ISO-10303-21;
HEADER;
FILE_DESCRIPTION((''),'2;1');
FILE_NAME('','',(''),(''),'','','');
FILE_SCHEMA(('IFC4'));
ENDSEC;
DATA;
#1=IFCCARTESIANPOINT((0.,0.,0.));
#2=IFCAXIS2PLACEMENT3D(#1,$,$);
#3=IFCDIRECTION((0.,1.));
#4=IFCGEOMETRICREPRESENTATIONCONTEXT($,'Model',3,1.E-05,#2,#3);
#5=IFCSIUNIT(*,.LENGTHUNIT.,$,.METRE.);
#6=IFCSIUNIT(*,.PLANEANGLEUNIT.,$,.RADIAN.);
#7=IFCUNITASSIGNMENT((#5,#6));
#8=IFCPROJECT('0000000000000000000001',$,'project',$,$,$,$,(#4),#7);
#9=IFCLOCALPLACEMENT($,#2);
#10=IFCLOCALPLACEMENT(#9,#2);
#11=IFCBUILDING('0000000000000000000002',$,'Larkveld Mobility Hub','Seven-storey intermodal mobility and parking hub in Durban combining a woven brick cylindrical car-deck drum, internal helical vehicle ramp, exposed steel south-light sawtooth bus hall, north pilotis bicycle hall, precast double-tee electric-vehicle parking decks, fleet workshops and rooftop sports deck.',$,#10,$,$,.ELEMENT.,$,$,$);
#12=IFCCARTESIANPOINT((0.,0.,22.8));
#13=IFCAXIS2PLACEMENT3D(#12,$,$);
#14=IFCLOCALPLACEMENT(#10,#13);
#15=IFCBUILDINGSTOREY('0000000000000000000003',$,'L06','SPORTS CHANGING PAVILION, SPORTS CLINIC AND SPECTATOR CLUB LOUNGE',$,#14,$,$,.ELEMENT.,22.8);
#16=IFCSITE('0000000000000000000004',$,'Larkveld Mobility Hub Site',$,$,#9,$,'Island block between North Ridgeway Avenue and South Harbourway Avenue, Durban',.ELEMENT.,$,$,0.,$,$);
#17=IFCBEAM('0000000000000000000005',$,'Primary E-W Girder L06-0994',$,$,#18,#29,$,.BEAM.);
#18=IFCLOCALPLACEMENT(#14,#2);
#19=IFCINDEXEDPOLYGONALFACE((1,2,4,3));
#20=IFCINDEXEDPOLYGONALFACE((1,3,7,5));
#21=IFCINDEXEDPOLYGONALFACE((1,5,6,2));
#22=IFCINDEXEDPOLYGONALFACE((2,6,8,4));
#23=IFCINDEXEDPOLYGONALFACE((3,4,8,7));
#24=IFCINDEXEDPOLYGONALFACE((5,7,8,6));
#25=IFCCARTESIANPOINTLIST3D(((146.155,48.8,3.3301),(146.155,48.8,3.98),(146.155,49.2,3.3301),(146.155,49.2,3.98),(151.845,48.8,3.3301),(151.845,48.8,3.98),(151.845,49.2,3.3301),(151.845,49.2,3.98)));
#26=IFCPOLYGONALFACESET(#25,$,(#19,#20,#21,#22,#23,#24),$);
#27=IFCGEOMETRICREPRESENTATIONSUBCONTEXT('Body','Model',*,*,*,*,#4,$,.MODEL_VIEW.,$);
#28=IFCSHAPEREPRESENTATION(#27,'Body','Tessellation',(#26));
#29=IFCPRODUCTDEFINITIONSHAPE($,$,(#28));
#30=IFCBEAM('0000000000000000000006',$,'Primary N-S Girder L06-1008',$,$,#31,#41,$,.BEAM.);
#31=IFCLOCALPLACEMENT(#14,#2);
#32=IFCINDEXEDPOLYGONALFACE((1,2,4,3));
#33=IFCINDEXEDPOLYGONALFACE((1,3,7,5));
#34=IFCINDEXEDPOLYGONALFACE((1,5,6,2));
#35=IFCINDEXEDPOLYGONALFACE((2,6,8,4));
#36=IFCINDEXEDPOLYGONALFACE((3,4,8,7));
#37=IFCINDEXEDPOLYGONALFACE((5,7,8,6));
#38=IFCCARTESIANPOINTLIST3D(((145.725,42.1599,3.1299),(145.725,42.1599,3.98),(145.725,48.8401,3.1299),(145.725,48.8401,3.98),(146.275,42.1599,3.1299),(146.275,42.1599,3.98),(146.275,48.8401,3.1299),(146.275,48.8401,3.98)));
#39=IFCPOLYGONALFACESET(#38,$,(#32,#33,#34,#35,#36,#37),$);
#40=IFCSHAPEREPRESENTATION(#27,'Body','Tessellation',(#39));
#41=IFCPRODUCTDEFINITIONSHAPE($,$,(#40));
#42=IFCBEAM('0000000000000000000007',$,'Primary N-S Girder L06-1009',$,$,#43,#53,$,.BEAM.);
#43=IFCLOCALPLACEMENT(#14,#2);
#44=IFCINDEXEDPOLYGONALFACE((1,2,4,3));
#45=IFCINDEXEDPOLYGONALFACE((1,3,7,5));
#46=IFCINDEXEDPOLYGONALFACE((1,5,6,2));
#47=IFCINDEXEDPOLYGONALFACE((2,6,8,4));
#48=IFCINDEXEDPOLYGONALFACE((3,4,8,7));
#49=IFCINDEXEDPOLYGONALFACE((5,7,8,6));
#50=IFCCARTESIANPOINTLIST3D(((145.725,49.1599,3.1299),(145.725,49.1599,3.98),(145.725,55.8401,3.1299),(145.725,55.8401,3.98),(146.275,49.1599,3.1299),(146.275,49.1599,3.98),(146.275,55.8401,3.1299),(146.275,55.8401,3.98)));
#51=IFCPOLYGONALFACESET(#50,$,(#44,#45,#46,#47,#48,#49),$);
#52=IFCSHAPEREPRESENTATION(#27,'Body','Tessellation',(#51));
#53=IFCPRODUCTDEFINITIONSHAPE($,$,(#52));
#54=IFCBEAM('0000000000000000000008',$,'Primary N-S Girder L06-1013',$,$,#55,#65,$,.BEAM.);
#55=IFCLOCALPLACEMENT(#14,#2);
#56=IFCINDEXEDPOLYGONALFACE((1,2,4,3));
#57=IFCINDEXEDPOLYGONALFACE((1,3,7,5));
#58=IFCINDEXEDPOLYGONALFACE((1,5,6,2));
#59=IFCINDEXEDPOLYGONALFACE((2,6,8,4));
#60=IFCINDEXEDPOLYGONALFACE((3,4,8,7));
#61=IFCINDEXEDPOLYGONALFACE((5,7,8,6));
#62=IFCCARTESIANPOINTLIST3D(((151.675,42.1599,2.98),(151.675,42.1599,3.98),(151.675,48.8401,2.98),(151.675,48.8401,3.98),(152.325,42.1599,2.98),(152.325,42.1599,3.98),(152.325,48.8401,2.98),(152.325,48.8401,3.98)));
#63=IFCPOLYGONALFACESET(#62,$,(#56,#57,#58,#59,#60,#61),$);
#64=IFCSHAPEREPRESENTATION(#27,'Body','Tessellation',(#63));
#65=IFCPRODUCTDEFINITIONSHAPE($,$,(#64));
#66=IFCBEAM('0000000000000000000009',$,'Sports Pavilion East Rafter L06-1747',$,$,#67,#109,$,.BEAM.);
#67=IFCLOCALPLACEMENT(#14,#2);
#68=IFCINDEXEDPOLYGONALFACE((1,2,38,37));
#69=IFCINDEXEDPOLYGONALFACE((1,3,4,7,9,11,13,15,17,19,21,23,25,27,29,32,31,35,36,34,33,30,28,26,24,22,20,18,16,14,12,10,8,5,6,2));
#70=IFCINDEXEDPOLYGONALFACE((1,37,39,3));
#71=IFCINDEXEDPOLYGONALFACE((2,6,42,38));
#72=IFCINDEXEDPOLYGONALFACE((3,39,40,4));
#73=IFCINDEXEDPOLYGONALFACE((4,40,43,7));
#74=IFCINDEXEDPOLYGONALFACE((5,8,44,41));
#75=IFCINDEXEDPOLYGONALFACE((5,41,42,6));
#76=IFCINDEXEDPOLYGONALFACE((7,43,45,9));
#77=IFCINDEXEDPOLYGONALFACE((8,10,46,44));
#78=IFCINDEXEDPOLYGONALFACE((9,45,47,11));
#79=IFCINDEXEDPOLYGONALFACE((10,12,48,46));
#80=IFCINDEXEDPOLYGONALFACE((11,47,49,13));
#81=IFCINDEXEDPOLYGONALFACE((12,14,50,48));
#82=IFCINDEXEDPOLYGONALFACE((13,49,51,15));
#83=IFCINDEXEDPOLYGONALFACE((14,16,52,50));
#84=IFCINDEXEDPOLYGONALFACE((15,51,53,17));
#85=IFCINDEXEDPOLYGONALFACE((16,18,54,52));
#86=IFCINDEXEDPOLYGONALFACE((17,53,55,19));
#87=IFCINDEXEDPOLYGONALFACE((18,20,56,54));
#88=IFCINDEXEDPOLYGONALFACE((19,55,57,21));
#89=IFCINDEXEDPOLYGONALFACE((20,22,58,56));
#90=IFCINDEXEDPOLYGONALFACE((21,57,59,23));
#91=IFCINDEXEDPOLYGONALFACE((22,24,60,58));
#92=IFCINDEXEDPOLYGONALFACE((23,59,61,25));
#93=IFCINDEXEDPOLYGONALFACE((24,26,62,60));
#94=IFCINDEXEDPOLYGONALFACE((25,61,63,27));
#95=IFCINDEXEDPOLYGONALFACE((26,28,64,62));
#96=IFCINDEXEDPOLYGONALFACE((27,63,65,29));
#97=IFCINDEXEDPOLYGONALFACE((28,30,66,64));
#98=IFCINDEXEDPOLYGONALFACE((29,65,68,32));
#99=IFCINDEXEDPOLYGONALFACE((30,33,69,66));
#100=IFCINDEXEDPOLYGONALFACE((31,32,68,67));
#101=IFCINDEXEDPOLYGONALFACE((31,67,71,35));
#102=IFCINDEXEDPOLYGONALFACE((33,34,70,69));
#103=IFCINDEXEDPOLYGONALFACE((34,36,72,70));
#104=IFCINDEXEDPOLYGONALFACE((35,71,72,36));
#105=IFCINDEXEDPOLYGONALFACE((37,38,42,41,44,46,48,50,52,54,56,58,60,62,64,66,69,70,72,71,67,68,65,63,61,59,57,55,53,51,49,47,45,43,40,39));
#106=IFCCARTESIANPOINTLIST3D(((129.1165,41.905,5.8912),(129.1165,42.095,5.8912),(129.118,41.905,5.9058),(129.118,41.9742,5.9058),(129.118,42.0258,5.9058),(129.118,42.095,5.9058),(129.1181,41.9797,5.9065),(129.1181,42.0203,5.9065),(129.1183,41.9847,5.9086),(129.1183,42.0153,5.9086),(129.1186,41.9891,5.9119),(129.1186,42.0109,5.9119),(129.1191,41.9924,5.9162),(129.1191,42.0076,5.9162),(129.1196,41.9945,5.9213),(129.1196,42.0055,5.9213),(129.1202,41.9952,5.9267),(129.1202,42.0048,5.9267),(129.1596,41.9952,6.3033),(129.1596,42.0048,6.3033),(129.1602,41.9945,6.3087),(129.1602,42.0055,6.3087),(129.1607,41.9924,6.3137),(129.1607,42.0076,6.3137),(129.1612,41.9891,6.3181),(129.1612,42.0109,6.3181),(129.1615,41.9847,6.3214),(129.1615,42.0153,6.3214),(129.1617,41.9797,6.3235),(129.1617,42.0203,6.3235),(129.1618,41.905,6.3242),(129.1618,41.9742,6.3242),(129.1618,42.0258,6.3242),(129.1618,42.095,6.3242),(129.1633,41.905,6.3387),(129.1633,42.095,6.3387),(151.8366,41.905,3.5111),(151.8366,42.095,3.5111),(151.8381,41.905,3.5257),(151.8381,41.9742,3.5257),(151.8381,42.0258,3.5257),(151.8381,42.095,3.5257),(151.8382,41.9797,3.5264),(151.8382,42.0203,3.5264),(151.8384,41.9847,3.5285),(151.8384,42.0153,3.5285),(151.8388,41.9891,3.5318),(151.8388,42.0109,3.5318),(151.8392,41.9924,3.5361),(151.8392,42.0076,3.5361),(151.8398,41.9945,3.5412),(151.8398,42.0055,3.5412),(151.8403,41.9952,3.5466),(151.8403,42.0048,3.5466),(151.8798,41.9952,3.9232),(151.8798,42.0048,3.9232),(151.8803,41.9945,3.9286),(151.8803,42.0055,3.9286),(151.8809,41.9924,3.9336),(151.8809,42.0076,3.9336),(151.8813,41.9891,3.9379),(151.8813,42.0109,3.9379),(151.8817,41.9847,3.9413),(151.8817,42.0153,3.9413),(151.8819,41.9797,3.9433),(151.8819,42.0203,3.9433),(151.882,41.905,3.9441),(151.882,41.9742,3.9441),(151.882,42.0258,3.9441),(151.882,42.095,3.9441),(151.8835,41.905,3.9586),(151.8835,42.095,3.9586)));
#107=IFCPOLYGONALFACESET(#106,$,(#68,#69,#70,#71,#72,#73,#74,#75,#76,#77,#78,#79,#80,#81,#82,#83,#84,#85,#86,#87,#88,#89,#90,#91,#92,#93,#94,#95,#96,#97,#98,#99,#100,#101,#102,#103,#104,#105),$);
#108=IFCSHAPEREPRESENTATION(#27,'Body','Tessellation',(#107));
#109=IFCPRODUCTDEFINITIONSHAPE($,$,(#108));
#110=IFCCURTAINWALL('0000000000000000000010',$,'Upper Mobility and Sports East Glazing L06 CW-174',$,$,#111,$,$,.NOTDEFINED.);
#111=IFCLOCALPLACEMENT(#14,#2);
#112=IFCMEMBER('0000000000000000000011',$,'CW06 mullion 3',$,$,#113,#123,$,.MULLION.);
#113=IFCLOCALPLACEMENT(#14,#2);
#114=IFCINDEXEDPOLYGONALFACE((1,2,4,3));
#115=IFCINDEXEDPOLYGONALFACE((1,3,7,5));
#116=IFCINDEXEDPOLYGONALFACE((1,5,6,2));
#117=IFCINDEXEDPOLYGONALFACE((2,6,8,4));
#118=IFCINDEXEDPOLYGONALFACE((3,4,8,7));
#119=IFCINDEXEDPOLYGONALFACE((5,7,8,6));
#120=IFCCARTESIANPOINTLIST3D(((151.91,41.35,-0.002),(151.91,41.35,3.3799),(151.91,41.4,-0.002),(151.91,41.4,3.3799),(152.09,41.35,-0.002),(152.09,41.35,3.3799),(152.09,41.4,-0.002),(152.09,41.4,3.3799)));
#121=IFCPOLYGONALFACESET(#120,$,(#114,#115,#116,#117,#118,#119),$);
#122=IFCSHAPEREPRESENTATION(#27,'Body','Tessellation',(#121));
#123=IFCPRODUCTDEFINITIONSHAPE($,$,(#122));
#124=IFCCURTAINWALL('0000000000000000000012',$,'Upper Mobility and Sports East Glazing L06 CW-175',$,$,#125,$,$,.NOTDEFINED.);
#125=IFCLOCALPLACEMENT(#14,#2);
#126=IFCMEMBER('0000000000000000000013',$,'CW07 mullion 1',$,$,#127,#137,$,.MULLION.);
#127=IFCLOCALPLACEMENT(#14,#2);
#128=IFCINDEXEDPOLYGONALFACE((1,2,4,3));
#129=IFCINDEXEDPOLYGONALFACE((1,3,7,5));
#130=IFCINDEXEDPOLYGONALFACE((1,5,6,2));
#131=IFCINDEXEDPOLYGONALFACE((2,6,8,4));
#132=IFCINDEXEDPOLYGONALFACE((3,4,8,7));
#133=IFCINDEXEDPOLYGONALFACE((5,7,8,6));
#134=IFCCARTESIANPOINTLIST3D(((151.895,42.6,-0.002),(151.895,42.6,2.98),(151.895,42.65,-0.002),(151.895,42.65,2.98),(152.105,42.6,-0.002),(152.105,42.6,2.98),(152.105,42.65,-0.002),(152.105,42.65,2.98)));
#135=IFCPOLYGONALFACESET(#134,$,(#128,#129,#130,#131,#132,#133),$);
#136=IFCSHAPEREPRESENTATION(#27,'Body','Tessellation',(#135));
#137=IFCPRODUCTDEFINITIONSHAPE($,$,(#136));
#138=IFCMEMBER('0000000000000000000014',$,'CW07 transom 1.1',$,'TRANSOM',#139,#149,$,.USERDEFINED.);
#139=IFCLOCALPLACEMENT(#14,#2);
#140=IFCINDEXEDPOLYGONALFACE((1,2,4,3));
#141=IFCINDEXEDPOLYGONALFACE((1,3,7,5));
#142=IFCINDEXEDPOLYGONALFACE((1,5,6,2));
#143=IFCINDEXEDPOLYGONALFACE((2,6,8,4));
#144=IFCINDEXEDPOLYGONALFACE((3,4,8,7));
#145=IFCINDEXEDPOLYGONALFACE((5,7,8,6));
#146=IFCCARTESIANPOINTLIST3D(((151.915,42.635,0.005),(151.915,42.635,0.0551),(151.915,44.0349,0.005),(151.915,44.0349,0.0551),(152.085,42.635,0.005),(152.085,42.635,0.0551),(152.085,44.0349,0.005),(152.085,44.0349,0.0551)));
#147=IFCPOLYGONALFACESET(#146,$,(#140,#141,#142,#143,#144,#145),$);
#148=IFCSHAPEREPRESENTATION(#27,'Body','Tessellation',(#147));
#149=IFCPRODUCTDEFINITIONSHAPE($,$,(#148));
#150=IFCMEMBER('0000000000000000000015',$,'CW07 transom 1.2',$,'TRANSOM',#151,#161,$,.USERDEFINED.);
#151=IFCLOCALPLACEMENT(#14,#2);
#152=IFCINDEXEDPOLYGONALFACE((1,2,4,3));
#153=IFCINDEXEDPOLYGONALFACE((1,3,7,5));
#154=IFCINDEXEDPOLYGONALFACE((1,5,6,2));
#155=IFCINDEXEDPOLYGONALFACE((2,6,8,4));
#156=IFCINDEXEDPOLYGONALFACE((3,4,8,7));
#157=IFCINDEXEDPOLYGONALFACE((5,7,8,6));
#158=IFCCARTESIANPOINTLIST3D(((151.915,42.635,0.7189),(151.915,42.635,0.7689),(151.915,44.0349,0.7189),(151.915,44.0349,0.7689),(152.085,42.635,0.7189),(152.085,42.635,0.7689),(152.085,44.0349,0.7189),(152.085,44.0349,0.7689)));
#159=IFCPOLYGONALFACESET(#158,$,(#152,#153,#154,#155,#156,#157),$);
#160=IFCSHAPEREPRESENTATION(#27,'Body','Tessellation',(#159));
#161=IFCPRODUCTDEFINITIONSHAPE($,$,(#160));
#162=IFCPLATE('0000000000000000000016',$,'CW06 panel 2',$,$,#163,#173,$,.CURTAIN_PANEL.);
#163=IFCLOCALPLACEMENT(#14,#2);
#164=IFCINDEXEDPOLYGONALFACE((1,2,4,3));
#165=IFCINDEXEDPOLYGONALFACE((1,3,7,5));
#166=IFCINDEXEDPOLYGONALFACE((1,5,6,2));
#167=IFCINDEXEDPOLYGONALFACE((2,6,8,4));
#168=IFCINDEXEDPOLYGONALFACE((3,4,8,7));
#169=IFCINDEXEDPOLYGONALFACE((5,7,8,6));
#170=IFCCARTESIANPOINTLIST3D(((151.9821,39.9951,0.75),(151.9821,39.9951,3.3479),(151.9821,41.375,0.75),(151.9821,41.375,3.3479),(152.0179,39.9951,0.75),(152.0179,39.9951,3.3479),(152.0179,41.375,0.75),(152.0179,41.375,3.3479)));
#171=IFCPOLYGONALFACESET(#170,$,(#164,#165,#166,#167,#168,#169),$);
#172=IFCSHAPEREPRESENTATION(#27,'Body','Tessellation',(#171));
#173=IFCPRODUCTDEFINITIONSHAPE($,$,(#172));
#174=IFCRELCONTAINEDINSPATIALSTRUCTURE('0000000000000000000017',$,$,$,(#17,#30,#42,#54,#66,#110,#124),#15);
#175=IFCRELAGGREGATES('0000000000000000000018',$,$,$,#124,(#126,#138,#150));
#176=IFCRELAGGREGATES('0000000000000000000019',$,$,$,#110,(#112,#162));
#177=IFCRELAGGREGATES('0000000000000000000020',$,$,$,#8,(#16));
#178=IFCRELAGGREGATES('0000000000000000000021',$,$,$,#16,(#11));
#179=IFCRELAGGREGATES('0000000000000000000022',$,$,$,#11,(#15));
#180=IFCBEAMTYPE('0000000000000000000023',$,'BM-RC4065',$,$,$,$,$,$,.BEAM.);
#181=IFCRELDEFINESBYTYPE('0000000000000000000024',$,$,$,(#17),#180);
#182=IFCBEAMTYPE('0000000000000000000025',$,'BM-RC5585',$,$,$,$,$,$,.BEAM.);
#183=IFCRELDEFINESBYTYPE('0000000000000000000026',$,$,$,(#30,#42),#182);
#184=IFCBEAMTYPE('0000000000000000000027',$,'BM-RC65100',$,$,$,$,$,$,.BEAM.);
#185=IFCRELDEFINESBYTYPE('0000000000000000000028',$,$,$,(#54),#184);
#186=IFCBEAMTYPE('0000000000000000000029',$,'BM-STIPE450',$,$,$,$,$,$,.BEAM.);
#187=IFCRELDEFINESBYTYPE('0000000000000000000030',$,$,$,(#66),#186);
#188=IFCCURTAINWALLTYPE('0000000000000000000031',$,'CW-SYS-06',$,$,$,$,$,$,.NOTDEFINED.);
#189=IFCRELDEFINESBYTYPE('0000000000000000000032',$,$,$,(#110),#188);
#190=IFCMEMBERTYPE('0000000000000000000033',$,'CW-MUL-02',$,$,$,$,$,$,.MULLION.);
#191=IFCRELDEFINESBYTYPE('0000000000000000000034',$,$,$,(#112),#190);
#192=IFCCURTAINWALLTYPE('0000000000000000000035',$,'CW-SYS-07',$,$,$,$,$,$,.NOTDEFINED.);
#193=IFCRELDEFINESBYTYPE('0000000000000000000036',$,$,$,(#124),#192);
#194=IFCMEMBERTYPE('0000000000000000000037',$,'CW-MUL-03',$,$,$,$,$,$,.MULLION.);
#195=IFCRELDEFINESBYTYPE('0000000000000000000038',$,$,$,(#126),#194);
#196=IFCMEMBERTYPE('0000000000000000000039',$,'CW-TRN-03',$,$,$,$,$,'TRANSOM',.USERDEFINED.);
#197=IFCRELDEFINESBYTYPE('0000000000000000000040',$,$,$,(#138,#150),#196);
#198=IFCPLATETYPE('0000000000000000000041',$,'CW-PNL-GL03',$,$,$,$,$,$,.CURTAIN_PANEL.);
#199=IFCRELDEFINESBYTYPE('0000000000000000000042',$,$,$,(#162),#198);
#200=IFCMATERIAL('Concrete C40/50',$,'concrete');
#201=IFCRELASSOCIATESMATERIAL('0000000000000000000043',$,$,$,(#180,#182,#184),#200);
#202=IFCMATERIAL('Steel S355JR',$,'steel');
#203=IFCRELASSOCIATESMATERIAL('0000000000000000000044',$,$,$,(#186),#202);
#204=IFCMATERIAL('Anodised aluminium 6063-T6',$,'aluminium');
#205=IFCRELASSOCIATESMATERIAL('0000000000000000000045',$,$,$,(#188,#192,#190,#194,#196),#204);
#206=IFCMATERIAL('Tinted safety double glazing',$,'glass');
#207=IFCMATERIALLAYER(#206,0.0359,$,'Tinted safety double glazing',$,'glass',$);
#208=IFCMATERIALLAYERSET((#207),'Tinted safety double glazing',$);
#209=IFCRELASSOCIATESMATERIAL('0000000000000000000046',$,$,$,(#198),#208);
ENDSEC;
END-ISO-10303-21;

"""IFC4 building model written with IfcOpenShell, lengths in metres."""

from ifc_helpers import new_model, si_unit, direction, frame, origin, origin_2d, place, context, subcontext, project, spatial, rectangle, i_section, extrude, material, layer, layer_set, material_profile, profile_set, type_object, element, aggregate, save


model = new_model("IFC4")

# Units and contexts
model_context = context("Model", 3, precision=1e-05, world=origin(), true_north=direction((0.0, 1.0)))
body_context = subcontext(model_context, "Body", "Model", "MODEL_VIEW")
ifc_project = project(units=[si_unit("LENGTHUNIT", "METRE"), si_unit("PLANEANGLEUNIT", "RADIAN")], contexts=[model_context])

# Site, building, storey
site_placement = place(None, origin())
site = spatial("IfcSite", under=ifc_project, at=site_placement, Name="Larkveld Mobility Hub Site", LongName="Island block between North Ridgeway Avenue and South Harbourway Avenue, Durban", CompositionType="ELEMENT", RefElevation=0.0)
building_placement = place(site_placement, origin())
building = spatial("IfcBuilding", under=site, at=building_placement, Name="Larkveld Mobility Hub", Description="Seven-storey intermodal mobility and parking hub in Durban combining a woven brick cylindrical car-deck drum, internal helical vehicle ramp, exposed steel south-light sawtooth bus hall, north pilotis bicycle hall, precast double-tee electric-vehicle parking decks, fleet workshops and rooftop sports deck.", CompositionType="ELEMENT")
storey_placement = place(building_placement, frame((0.0, 0.0, 22.8)))
storey = spatial("IfcBuildingStorey", under=building, at=storey_placement, Name="L06", Description="SPORTS CHANGING PAVILION, SPORTS CLINIC AND SPECTATOR CLUB LOUNGE", CompositionType="ELEMENT", Elevation=22.8)

# Shared definitions
ifc_material_1 = material(Name="Steel S355JR", Category="steel")

# Beams
ifc_material_2 = material(Name="Concrete C40/50", Category="concrete")
ifc_material_profile_1 = material_profile(ifc_material_2, rectangle(XDim=0.3999, YDim=0.6499, at=origin_2d()), Name="RC BM 400x650")
ifc_profile_set_1 = profile_set([ifc_material_profile_1], Name="Concrete C40/50")
beam_type_1 = type_object("IfcBeamType", Name="BM-RC4065", PredefinedType="BEAM", material=ifc_profile_set_1)
beam_1_placement = place(storey_placement, frame((146.155, 49.0, 3.655), z_axis=(1.0, 0.0, 0.0), x_axis=(0.0, 1.0, 0.0)))
element("IfcBeam", 1, at=beam_1_placement, inside=storey, type_object=beam_type_1, Name="Primary E-W Girder L06-0994", PredefinedType="BEAM", context=body_context, shape_type="SweptSolid", body=[
    extrude(rectangle(XDim=0.3999, YDim=0.6499, at=origin_2d()), origin(), (0.0, 0.0, 1.0), 5.6899),
])
ifc_material_profile_2 = material_profile(ifc_material_2, rectangle(XDim=0.55, YDim=0.8501, at=origin_2d()), Name="RC BM 550x850")
ifc_profile_set_2 = profile_set([ifc_material_profile_2], Name="Concrete C40/50")
beam_type_2 = type_object("IfcBeamType", Name="BM-RC5585", PredefinedType="BEAM", material=ifc_profile_set_2)
for number, where, z_axis, x_axis, name in (
    (2, (146.0, 42.1599, 3.5549), (0.0, 1.0, 0.0), (-1.0, 0.0, 0.0), "Primary N-S Girder L06-1008"),
    (3, (146.0, 49.1599, 3.5549), (0.0, 1.0, 0.0), (-1.0, 0.0, 0.0), "Primary N-S Girder L06-1009"),
):
    element("IfcBeam", number, at=place(storey_placement, frame(where, z_axis=z_axis, x_axis=x_axis)), inside=storey, type_object=beam_type_2, Name=name, PredefinedType="BEAM", context=body_context, shape_type="SweptSolid", body=[
        extrude(rectangle(XDim=0.55, YDim=0.8501, at=origin_2d()), origin(), (0.0, 0.0, 1.0), 6.6802),
    ])
ifc_material_profile_3 = material_profile(ifc_material_2, rectangle(XDim=0.6499, YDim=1.0, at=origin_2d()), Name="RC BM 650x1000")
ifc_profile_set_3 = profile_set([ifc_material_profile_3], Name="Concrete C40/50")
beam_type_3 = type_object("IfcBeamType", Name="BM-RC65100", PredefinedType="BEAM", material=ifc_profile_set_3)
beam_2_placement = place(storey_placement, frame((152.0, 42.1599, 3.48), z_axis=(0.0, 1.0, 0.0), x_axis=(-1.0, 0.0, 0.0)))
element("IfcBeam", 4, at=beam_2_placement, inside=storey, type_object=beam_type_3, Name="Primary N-S Girder L06-1013", PredefinedType="BEAM", context=body_context, shape_type="SweptSolid", body=[
    extrude(rectangle(XDim=0.6499, YDim=1.0, at=origin_2d()), origin(), (0.0, 0.0, 1.0), 6.6802),
])
ifc_material_profile_4 = material_profile(ifc_material_1, i_section(OverallWidth=0.1899, OverallDepth=0.45, WebThickness=0.0095, FlangeThickness=0.0146, FilletRadius=0.021, at=origin_2d()), Name="IPE 450")
ifc_profile_set_4 = profile_set([ifc_material_profile_4], Name="Steel S355JR")
beam_type_4 = type_object("IfcBeamType", Name="BM-STIPE450", PredefinedType="BEAM", material=ifc_profile_set_4)
beam_3_placement = place(storey_placement, frame((129.1399, 42.0, 6.115), z_axis=(0.994558, 0.0, -0.104188), x_axis=(0.0, 1.0, 0.0)))
element("IfcBeam", 5, at=beam_3_placement, inside=storey, type_object=beam_type_4, Name="Sports Pavilion East Rafter L06-1747", PredefinedType="BEAM", context=body_context, shape_type="SweptSolid", body=[
    extrude(i_section(OverallWidth=0.1899, OverallDepth=0.45, WebThickness=0.0095, FlangeThickness=0.0146, FilletRadius=0.021, at=origin_2d()), origin(), (0.0, 0.0, 1.0), 22.8445),
])

# Curtain wall, member
ifc_material_3 = material(Name="Anodised aluminium 6063-T6", Category="aluminium")
curtain_wall_type_1 = type_object("IfcCurtainWallType", Name="CW-SYS-06", PredefinedType="NOTDEFINED", material=ifc_material_3)
curtain_wall_1_placement = place(storey_placement, origin())
curtain_wall_1 = element("IfcCurtainWall", 6, at=curtain_wall_1_placement, inside=storey, type_object=curtain_wall_type_1, Name="Upper Mobility and Sports East Glazing L06 CW-174", PredefinedType="NOTDEFINED")
ifc_material_profile_5 = material_profile(ifc_material_3, rectangle(XDim=0.05, YDim=0.1799, at=origin_2d()), Name="ALU MULL 50x180")
ifc_profile_set_5 = profile_set([ifc_material_profile_5], Name="Anodised aluminium 6063-T6")
member_type_1 = type_object("IfcMemberType", Name="CW-MUL-02", PredefinedType="MULLION", material=ifc_profile_set_5)
member_1_placement = place(storey_placement, frame((152.0, 41.375, -0.002), z_axis=(0.0, 0.0, 1.0), x_axis=(0.0, 1.0, 0.0)))
member_1 = element("IfcMember", 7, at=member_1_placement, type_object=member_type_1, Name="CW06 mullion 3", PredefinedType="MULLION", context=body_context, shape_type="SweptSolid", body=[
    extrude(rectangle(XDim=0.05, YDim=0.1799, at=origin_2d()), origin(), (0.0, 0.0, 1.0), 3.3818),
])

# Curtain wall, members
curtain_wall_type_2 = type_object("IfcCurtainWallType", Name="CW-SYS-07", PredefinedType="NOTDEFINED", material=ifc_material_3)
curtain_wall_2_placement = place(storey_placement, origin())
curtain_wall_2 = element("IfcCurtainWall", 8, at=curtain_wall_2_placement, inside=storey, type_object=curtain_wall_type_2, Name="Upper Mobility and Sports East Glazing L06 CW-175", PredefinedType="NOTDEFINED")
ifc_material_profile_6 = material_profile(ifc_material_3, rectangle(XDim=0.05, YDim=0.21, at=origin_2d()), Name="ALU MULL 50x210")
ifc_profile_set_6 = profile_set([ifc_material_profile_6], Name="Anodised aluminium 6063-T6")
member_type_2 = type_object("IfcMemberType", Name="CW-MUL-03", PredefinedType="MULLION", material=ifc_profile_set_6)
member_2_placement = place(storey_placement, frame((152.0, 42.625, -0.002), z_axis=(0.0, 0.0, 1.0), x_axis=(0.0, 1.0, 0.0)))
member_2 = element("IfcMember", 9, at=member_2_placement, type_object=member_type_2, Name="CW07 mullion 1", PredefinedType="MULLION", context=body_context, shape_type="SweptSolid", body=[
    extrude(rectangle(XDim=0.05, YDim=0.21, at=origin_2d()), origin(), (0.0, 0.0, 1.0), 2.9819),
])
ifc_material_profile_7 = material_profile(ifc_material_3, rectangle(XDim=0.1699, YDim=0.05, at=origin_2d()), Name="ALU TRAN 50x170")
ifc_profile_set_7 = profile_set([ifc_material_profile_7], Name="Anodised aluminium 6063-T6")
member_type_3 = type_object("IfcMemberType", Name="CW-TRN-03", ElementType="TRANSOM", PredefinedType="USERDEFINED", material=ifc_profile_set_7)
member_3_placement = place(storey_placement, frame((152.0, 42.635, 0.03), z_axis=(0.0, 1.0, 0.0), x_axis=(-1.0, 0.0, 0.0)))
member_3 = element("IfcMember", 10, at=member_3_placement, type_object=member_type_3, Name="CW07 transom 1.1", ObjectType="TRANSOM", PredefinedType="USERDEFINED", context=body_context, shape_type="SweptSolid", body=[
    extrude(rectangle(XDim=0.1699, YDim=0.05, at=origin_2d()), origin(), (0.0, 0.0, 1.0), 1.3999),
])
member_4_placement = place(storey_placement, frame((152.0, 42.635, 0.7439), z_axis=(0.0, 1.0, 0.0), x_axis=(-1.0, 0.0, 0.0)))
member_4 = element("IfcMember", 11, at=member_4_placement, type_object=member_type_3, Name="CW07 transom 1.2", ObjectType="TRANSOM", PredefinedType="USERDEFINED", context=body_context, shape_type="SweptSolid", body=[
    extrude(rectangle(XDim=0.1699, YDim=0.05, at=origin_2d()), origin(), (0.0, 0.0, 1.0), 1.3999),
])
aggregate(curtain_wall_2, [member_2, member_3, member_4])

# Plate
ifc_material_4 = material(Name="Tinted safety double glazing", Category="glass")
ifc_layer_1 = layer(ifc_material_4, 0.0359, Name="Tinted safety double glazing", Category="glass")
ifc_layer_set_1 = layer_set([ifc_layer_1], Name="Tinted safety double glazing")
plate_type_1 = type_object("IfcPlateType", Name="CW-PNL-GL03", PredefinedType="CURTAIN_PANEL", material=ifc_layer_set_1)
plate_1_placement = place(storey_placement, frame((152.0, 40.6851, 0.75), z_axis=(0.0, 0.0, 1.0), x_axis=(0.0, 1.0, 0.0)))
plate_1 = element("IfcPlate", 12, at=plate_1_placement, type_object=plate_type_1, Name="CW06 panel 2", PredefinedType="CURTAIN_PANEL", context=body_context, shape_type="SweptSolid", body=[
    extrude(rectangle(XDim=1.3799, YDim=0.0359, at=origin_2d()), origin(), (0.0, 0.0, 1.0), 2.5979),
])
aggregate(curtain_wall_1, [member_1, plate_1])

save(model, "model.ifc")
